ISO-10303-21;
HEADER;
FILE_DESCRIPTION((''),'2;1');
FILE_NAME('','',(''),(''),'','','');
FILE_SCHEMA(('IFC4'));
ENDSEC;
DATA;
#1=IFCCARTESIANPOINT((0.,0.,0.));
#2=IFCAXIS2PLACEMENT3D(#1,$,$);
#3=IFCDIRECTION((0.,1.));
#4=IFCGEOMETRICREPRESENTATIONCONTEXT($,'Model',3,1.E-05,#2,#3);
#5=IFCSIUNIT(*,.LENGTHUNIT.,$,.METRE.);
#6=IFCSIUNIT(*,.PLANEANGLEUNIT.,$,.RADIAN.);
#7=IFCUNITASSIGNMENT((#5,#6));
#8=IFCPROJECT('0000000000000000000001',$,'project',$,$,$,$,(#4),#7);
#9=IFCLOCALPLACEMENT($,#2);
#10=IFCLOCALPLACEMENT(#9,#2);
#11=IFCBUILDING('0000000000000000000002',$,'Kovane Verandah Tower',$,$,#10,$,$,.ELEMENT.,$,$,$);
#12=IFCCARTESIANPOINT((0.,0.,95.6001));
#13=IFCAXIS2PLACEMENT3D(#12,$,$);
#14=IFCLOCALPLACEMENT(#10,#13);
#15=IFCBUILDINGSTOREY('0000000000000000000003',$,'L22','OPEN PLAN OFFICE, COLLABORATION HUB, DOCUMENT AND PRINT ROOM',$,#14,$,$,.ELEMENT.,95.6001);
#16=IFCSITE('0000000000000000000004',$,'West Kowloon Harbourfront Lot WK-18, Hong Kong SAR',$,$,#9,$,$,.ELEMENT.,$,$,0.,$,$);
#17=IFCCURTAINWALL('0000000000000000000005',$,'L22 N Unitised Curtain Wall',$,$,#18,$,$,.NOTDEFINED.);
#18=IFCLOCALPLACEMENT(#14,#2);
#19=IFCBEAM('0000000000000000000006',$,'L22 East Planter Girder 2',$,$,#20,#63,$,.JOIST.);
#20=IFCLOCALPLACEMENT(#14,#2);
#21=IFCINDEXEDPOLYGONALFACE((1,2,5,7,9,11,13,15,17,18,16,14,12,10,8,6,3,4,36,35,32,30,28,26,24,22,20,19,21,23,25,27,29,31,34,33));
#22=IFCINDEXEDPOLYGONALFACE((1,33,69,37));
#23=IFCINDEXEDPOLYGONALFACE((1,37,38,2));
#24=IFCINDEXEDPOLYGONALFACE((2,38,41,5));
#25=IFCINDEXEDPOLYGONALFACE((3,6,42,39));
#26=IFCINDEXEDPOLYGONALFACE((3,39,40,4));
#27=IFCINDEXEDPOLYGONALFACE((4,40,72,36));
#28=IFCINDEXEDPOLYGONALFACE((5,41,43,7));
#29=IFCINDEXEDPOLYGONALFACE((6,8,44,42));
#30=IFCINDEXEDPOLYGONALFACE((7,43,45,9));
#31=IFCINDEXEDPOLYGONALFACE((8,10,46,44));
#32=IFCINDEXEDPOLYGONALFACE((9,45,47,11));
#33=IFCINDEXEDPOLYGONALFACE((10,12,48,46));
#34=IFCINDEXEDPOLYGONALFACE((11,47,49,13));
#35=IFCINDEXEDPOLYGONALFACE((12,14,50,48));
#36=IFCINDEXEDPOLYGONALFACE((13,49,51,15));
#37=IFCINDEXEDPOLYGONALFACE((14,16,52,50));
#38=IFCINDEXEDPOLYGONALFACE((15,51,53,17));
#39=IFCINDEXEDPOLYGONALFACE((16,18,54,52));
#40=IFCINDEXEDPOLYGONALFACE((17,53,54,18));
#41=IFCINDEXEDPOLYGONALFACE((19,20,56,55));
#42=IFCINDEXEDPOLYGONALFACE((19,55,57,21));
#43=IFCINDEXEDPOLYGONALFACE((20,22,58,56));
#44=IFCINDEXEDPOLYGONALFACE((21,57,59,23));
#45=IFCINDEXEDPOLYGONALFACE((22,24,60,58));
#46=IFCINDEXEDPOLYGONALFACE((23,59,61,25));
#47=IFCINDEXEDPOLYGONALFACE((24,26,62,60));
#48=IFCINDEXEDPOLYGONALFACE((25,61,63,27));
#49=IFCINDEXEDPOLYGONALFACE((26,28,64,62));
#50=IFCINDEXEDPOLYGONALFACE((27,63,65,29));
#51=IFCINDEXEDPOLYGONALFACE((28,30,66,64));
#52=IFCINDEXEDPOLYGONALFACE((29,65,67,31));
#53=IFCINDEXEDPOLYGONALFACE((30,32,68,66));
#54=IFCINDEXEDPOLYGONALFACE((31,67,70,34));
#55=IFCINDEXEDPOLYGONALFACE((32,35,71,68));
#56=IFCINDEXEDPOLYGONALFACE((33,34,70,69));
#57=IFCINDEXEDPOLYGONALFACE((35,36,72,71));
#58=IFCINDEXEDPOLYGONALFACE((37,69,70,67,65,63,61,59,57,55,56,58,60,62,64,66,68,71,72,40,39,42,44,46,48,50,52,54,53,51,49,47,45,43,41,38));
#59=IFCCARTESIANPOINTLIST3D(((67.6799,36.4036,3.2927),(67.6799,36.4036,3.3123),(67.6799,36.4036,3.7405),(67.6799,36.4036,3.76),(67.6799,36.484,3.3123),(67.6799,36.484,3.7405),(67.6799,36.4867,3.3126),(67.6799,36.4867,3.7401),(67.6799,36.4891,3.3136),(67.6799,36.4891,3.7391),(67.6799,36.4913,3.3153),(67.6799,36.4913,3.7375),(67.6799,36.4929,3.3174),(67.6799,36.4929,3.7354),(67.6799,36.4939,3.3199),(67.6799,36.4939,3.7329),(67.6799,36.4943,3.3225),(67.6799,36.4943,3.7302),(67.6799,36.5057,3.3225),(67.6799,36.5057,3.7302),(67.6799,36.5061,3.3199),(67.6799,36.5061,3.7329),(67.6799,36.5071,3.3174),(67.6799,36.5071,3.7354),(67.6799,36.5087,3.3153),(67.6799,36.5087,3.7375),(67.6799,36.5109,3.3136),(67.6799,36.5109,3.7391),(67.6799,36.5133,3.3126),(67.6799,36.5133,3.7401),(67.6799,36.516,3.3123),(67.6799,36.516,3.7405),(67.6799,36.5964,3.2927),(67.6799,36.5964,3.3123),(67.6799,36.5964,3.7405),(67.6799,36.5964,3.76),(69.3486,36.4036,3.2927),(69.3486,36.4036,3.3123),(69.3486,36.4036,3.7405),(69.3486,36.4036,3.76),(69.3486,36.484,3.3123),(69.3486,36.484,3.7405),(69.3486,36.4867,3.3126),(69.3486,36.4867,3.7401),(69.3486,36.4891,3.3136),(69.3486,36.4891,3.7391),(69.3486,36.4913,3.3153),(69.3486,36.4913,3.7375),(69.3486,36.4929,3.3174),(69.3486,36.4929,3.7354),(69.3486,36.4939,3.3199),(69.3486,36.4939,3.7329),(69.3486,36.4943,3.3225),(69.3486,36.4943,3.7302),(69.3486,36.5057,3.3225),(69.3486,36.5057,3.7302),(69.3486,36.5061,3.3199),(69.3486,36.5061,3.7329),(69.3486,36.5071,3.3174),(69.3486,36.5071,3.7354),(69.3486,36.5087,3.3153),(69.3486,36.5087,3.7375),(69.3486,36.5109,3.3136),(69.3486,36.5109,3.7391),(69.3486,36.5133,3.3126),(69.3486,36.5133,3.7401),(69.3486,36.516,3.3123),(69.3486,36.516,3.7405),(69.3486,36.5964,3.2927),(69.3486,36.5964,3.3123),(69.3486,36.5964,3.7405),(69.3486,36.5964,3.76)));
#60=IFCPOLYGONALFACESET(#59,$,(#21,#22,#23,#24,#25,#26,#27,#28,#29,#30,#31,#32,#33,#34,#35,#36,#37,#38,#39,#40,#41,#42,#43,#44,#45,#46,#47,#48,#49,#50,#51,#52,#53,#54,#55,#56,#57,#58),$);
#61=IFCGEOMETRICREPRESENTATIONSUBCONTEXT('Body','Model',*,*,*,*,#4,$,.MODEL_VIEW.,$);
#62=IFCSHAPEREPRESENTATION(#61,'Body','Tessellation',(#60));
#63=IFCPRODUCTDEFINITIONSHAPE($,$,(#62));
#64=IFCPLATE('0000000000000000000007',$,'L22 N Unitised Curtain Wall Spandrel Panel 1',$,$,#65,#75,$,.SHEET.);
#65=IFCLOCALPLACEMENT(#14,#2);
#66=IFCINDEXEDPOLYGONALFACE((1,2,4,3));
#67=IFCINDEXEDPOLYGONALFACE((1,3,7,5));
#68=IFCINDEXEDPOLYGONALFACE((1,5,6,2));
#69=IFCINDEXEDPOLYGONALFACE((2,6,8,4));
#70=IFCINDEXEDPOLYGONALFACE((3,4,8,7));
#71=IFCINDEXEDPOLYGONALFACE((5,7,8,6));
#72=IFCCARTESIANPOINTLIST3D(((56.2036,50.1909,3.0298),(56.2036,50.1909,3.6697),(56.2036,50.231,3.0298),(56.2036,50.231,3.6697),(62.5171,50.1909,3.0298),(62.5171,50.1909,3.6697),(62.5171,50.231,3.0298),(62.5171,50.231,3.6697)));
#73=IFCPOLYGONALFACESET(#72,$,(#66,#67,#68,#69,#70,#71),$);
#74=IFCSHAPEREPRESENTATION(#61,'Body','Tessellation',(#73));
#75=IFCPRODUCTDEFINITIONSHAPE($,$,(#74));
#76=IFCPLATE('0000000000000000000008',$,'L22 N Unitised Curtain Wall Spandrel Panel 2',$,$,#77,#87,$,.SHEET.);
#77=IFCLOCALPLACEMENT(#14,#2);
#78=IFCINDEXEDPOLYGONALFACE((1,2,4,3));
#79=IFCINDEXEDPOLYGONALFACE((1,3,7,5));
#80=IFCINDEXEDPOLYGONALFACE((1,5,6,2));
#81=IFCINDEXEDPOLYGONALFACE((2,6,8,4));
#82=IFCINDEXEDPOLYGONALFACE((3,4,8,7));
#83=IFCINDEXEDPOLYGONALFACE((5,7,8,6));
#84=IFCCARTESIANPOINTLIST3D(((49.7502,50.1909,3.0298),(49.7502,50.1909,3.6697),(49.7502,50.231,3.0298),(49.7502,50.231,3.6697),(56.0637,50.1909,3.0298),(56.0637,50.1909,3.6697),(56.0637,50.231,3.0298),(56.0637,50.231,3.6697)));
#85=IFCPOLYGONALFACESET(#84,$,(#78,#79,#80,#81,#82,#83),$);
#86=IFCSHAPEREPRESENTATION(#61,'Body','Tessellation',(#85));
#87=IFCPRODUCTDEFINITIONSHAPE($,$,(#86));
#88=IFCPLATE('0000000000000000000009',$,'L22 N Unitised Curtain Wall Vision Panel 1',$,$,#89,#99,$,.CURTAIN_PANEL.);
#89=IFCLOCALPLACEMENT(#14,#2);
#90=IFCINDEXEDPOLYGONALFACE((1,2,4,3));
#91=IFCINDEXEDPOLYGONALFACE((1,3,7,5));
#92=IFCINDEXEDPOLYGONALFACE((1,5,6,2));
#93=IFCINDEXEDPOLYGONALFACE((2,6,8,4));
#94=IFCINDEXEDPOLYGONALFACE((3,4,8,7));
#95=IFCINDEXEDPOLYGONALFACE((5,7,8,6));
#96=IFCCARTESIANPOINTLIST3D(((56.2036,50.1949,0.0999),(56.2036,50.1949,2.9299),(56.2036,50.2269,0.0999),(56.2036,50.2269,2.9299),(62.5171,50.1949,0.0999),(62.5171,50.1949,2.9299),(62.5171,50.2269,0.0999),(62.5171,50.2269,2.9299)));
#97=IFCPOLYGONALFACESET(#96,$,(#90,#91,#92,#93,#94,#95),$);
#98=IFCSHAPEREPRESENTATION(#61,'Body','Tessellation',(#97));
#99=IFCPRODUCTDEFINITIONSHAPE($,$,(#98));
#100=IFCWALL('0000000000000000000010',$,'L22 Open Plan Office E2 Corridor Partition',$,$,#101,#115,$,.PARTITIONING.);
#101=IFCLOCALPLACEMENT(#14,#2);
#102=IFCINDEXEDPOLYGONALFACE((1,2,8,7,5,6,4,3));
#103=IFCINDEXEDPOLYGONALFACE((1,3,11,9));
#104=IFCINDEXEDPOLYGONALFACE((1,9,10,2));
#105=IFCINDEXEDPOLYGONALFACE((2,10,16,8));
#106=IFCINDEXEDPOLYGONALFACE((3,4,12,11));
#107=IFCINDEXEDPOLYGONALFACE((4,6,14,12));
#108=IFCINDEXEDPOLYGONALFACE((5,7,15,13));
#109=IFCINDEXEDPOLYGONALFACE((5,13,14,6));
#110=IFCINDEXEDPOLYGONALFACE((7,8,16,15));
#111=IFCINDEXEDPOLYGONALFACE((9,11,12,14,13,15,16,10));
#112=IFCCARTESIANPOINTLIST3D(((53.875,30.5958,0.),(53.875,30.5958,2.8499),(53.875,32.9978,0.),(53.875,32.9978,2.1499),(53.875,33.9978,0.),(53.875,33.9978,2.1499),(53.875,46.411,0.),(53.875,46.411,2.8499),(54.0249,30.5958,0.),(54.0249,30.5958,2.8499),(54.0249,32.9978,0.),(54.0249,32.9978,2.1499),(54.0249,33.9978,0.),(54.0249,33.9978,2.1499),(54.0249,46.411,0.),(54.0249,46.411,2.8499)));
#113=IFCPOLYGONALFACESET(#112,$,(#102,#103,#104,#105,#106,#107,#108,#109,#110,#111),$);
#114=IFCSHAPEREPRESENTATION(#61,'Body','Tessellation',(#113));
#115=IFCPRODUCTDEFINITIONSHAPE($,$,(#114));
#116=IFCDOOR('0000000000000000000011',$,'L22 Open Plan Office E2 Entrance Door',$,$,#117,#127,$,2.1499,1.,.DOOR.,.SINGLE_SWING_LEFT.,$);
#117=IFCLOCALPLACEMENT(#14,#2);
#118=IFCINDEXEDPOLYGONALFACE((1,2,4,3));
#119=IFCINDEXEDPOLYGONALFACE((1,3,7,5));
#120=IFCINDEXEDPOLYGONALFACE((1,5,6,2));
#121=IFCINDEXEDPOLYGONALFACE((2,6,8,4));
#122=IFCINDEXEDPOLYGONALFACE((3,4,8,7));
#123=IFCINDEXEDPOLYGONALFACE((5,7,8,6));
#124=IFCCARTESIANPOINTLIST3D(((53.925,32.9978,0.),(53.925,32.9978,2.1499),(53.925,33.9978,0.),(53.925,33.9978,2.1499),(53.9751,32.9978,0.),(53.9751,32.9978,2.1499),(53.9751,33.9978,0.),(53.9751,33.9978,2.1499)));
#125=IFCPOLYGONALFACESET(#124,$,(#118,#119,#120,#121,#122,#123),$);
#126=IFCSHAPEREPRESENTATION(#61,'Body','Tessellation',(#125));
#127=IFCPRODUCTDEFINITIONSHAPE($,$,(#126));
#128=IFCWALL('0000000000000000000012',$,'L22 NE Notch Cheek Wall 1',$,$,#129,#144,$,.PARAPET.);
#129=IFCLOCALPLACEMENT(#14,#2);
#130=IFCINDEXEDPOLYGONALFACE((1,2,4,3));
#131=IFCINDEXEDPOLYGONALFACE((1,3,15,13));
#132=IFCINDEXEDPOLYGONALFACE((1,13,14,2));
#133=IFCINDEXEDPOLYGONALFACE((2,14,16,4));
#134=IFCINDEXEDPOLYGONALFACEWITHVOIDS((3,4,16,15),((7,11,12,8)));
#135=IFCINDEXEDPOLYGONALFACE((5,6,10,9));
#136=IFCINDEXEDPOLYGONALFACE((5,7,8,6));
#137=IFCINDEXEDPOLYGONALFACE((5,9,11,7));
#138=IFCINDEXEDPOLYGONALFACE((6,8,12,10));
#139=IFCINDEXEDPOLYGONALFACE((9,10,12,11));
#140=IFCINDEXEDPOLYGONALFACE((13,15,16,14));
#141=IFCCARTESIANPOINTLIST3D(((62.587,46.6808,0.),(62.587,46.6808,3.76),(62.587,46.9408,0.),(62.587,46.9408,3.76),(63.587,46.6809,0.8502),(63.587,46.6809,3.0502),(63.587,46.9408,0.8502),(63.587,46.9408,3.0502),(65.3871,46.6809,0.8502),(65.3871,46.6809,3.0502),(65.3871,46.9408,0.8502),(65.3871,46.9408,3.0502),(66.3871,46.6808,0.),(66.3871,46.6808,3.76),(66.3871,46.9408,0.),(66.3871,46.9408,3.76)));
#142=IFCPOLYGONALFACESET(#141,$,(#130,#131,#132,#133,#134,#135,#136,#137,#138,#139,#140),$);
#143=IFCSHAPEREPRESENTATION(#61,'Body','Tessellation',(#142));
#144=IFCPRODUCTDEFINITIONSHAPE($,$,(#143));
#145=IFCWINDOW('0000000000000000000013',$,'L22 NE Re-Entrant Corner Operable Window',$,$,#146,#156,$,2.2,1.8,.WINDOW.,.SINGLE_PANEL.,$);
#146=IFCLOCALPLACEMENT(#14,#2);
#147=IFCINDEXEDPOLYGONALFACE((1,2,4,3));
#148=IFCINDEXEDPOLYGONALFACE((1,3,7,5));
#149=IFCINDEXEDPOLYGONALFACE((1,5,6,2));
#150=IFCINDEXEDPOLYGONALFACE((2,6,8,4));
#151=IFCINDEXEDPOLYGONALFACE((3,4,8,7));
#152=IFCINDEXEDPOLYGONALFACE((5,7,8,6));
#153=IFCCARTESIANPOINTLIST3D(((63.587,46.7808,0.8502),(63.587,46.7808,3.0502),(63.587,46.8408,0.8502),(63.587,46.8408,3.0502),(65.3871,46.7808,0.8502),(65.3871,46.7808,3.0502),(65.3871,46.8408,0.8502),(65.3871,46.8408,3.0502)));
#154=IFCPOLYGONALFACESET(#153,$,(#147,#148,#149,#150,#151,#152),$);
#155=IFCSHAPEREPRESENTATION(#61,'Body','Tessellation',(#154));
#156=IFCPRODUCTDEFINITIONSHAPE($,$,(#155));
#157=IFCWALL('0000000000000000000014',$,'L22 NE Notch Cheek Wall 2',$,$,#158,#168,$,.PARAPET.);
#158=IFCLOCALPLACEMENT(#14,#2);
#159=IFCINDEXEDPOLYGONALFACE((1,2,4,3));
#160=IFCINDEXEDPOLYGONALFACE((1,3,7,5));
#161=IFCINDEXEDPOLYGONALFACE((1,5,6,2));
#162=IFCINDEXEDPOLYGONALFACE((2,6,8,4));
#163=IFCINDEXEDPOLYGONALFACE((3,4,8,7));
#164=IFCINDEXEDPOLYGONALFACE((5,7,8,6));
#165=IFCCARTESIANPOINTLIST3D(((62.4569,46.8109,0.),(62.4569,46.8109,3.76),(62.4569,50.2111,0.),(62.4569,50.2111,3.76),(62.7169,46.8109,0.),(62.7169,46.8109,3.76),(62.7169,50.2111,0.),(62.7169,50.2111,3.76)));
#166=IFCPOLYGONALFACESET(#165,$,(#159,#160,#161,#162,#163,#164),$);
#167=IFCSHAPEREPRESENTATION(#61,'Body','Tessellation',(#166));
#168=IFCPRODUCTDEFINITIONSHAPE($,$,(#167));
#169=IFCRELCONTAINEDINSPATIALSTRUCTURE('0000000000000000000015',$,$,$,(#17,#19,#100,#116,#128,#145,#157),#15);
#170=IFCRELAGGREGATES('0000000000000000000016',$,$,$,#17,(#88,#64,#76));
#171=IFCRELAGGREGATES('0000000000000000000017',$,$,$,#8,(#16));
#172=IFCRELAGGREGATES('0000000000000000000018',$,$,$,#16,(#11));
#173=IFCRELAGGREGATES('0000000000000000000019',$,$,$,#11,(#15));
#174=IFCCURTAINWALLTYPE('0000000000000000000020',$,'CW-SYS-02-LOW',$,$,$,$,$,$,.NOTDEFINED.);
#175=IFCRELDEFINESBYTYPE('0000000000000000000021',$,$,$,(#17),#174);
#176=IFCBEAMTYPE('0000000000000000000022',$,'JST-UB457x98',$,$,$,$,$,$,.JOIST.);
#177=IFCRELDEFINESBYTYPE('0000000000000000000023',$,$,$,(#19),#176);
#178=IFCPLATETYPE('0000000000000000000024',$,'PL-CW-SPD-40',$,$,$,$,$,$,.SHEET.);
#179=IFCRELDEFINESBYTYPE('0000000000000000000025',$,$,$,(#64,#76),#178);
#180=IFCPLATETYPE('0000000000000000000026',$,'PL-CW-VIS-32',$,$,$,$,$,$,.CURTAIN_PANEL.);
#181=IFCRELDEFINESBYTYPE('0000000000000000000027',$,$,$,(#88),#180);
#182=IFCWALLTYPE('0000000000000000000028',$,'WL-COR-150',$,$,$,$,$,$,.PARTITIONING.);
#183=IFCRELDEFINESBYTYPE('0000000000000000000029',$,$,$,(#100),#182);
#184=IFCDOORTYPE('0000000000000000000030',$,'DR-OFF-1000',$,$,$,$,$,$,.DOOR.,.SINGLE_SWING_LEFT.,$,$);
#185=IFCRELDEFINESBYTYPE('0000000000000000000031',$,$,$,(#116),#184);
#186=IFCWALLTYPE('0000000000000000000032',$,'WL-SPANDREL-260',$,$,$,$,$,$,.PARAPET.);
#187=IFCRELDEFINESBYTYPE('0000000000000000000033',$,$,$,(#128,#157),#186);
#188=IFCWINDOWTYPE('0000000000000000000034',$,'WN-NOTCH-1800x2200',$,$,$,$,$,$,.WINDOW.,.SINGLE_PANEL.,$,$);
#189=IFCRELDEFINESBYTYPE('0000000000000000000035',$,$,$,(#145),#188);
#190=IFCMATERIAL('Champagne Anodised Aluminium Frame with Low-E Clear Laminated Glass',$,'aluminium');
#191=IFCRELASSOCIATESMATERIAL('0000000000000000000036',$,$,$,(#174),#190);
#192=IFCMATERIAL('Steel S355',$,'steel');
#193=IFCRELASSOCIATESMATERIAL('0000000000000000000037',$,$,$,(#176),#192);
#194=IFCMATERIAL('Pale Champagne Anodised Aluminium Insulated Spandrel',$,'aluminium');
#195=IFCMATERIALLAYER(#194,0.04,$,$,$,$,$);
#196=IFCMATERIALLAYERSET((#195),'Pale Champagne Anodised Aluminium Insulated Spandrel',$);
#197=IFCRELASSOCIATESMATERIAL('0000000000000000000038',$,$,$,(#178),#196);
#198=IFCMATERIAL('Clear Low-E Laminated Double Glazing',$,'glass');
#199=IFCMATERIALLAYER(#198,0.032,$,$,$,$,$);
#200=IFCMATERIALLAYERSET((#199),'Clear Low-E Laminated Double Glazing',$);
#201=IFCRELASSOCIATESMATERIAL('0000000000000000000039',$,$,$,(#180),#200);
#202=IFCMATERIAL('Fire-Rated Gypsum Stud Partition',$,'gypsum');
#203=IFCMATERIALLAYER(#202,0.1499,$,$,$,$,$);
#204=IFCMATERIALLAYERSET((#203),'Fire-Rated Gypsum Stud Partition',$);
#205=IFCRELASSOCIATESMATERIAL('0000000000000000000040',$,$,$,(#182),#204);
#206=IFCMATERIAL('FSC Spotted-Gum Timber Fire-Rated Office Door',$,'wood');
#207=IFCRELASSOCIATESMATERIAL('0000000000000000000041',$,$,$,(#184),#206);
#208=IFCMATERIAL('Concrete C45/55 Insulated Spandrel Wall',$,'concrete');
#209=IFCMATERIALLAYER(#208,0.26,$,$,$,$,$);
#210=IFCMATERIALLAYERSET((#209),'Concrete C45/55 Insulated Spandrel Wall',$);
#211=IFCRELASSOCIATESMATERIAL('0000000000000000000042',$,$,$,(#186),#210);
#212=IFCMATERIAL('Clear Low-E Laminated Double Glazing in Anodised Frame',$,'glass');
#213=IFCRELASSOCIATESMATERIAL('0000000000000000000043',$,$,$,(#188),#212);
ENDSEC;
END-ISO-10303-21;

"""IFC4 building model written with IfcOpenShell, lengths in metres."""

from ifc_helpers import new_model, si_unit, direction, frame, frame_2d, origin, origin_2d, place, context, subcontext, project, spatial, rectangle, i_section, extrude, material, layer, layer_set, material_profile, profile_set, type_object, element, fill, aggregate, save


model = new_model("IFC4")

# Units and contexts
model_context = context("Model", 3, precision=1e-05, world=origin(), true_north=direction((0.0, 1.0)))
body_context = subcontext(model_context, "Body", "Model", "MODEL_VIEW")
ifc_project = project(units=[si_unit("LENGTHUNIT", "METRE"), si_unit("PLANEANGLEUNIT", "RADIAN")], contexts=[model_context])

# Site, building, storey
site_placement = place(None, origin())
site = spatial("IfcSite", under=ifc_project, at=site_placement, Name="West Kowloon Harbourfront Lot WK-18, Hong Kong SAR", CompositionType="ELEMENT", RefElevation=0.0)
building_placement = place(site_placement, origin())
building = spatial("IfcBuilding", under=site, at=building_placement, Name="Kovane Verandah Tower", CompositionType="ELEMENT")
storey_placement = place(building_placement, frame((0.0, 0.0, 95.6001)))
storey = spatial("IfcBuildingStorey", under=building, at=storey_placement, Name="L22", Description="OPEN PLAN OFFICE, COLLABORATION HUB, DOCUMENT AND PRINT ROOM", CompositionType="ELEMENT", Elevation=95.6001)

# Shared definitions
ifc_material_1 = material(Name="Steel S355", Category="steel")

# Curtain wall
ifc_material_2 = material(Name="Champagne Anodised Aluminium Frame with Low-E Clear Laminated Glass", Category="aluminium")
curtain_wall_type = type_object("IfcCurtainWallType", Name="CW-SYS-02-LOW", PredefinedType="NOTDEFINED", material=ifc_material_2)
curtain_wall_placement = place(storey_placement, origin())
curtain_wall = element("IfcCurtainWall", 1, at=curtain_wall_placement, inside=storey, type_object=curtain_wall_type, Name="L22 N Unitised Curtain Wall", PredefinedType="NOTDEFINED")

# Beam
ifc_material_profile_1 = material_profile(ifc_material_1, i_section(OverallWidth=0.1929, OverallDepth=0.4673, WebThickness=0.0115, FlangeThickness=0.0195, FilletRadius=0.0103, at=origin_2d()), Name="UB457x191x98")
ifc_profile_set_1 = profile_set([ifc_material_profile_1], Name="Steel S355")
beam_type_1 = type_object("IfcBeamType", Name="JST-UB457x98", PredefinedType="JOIST", material=ifc_profile_set_1)
beam_1_placement = place(storey_placement, frame((67.6799, 36.5, 3.5264), z_axis=(1.0, 0.0, 0.0), x_axis=(0.0, 1.0, 0.0)))
element("IfcBeam", 2, at=beam_1_placement, inside=storey, type_object=beam_type_1, Name="L22 East Planter Girder 2", PredefinedType="JOIST", context=body_context, shape_type="SweptSolid", body=[
    extrude(i_section(OverallWidth=0.1929, OverallDepth=0.4673, WebThickness=0.0115, FlangeThickness=0.0195, FilletRadius=0.0103, at=origin_2d()), origin(), (0.0, 0.0, 1.0), 1.6687),
])

# Plates
ifc_material_3 = material(Name="Pale Champagne Anodised Aluminium Insulated Spandrel", Category="aluminium")
ifc_layer_1 = layer(ifc_material_3, 0.04)
ifc_layer_set_1 = layer_set([ifc_layer_1], Name="Pale Champagne Anodised Aluminium Insulated Spandrel")
plate_type_1 = type_object("IfcPlateType", Name="PL-CW-SPD-40", PredefinedType="SHEET", material=ifc_layer_set_1)
plate_1_placement = place(storey_placement, frame((59.3604, 50.2109, 3.0298), z_axis=(0.0, 0.0, 1.0), x_axis=(-1.0, 0.0, 0.0)))
plate_1 = element("IfcPlate", 3, at=plate_1_placement, type_object=plate_type_1, Name="L22 N Unitised Curtain Wall Spandrel Panel 1", PredefinedType="SHEET", context=body_context, shape_type="SweptSolid", body=[
    extrude(rectangle(XDim=6.3135, YDim=0.04, at=origin_2d()), origin(), (0.0, 0.0, 1.0), 0.6399),
])
plate_2_placement = place(storey_placement, frame((52.907, 50.2109, 3.0298), z_axis=(0.0, 0.0, 1.0), x_axis=(-1.0, 0.0, 0.0)))
plate_2 = element("IfcPlate", 4, at=plate_2_placement, type_object=plate_type_1, Name="L22 N Unitised Curtain Wall Spandrel Panel 2", PredefinedType="SHEET", context=body_context, shape_type="SweptSolid", body=[
    extrude(rectangle(XDim=6.3135, YDim=0.04, at=origin_2d()), origin(), (0.0, 0.0, 1.0), 0.6399),
])
ifc_material_4 = material(Name="Clear Low-E Laminated Double Glazing", Category="glass")
ifc_layer_2 = layer(ifc_material_4, 0.032)
ifc_layer_set_2 = layer_set([ifc_layer_2], Name="Clear Low-E Laminated Double Glazing")
plate_type_2 = type_object("IfcPlateType", Name="PL-CW-VIS-32", PredefinedType="CURTAIN_PANEL", material=ifc_layer_set_2)
plate_3_placement = place(storey_placement, frame((59.3604, 50.2109, 0.0999), z_axis=(0.0, 0.0, 1.0), x_axis=(-1.0, 0.0, 0.0)))
plate_3 = element("IfcPlate", 5, at=plate_3_placement, type_object=plate_type_2, Name="L22 N Unitised Curtain Wall Vision Panel 1", PredefinedType="CURTAIN_PANEL", context=body_context, shape_type="SweptSolid", body=[
    extrude(rectangle(XDim=6.3135, YDim=0.032, at=origin_2d()), origin(), (0.0, 0.0, 1.0), 2.8301),
])
aggregate(curtain_wall, [plate_3, plate_1, plate_2])

# Wall, opening, door
ifc_material_5 = material(Name="Fire-Rated Gypsum Stud Partition", Category="gypsum")
ifc_layer_3 = layer(ifc_material_5, 0.1499)
ifc_layer_set_3 = layer_set([ifc_layer_3], Name="Fire-Rated Gypsum Stud Partition")
wall_type_1 = type_object("IfcWallType", Name="WL-COR-150", PredefinedType="PARTITIONING", material=ifc_layer_set_3)
wall_1_placement = place(storey_placement, frame((53.95, 30.5957, 0.0), z_axis=(0.0, 0.0, 1.0), x_axis=(0.0, 1.0, 0.0)))
wall_1 = element("IfcWall", 6, at=wall_1_placement, inside=storey, type_object=wall_type_1, Name="L22 Open Plan Office E2 Corridor Partition", PredefinedType="PARTITIONING", context=body_context, shape_type="SweptSolid", body=[
    extrude(rectangle(XDim=15.8152, YDim=0.1499, at=frame_2d((7.9077, 0.0))), origin(), (0.0, 0.0, 1.0), 2.8499),
])
opening_1_placement = place(wall_1_placement, frame((2.4021, 0.0, 0.0)))
opening_1 = element("IfcOpeningElement", 7, at=opening_1_placement, cuts=wall_1, PredefinedType="OPENING", context=body_context, shape_type="SweptSolid", body=[
    extrude(rectangle(XDim=1.0, YDim=2.1499, at=frame_2d((0.5, 1.075))), frame((0.0, 0.075, 0.0), z_axis=(0.0, -1.0, 0.0), x_axis=(1.0, 0.0, 0.0)), (0.0, 0.0, 1.0), 0.1499),
])
ifc_material_6 = material(Name="FSC Spotted-Gum Timber Fire-Rated Office Door", Category="wood")
door_type = type_object("IfcDoorType", Name="DR-OFF-1000", OperationType="SINGLE_SWING_LEFT", PredefinedType="DOOR", material=ifc_material_6)
door_placement = place(opening_1_placement, origin())
door = element("IfcDoor", 8, at=door_placement, inside=storey, type_object=door_type, Name="L22 Open Plan Office E2 Entrance Door", OperationType="SINGLE_SWING_LEFT", OverallHeight=2.1499, OverallWidth=1.0, PredefinedType="DOOR", context=body_context, shape_type="SweptSolid", body=[
    extrude(rectangle(XDim=1.0, YDim=2.1499, at=frame_2d((0.5, 1.075))), frame((0.0, 0.0249, 0.0), z_axis=(0.0, -1.0, 0.0), x_axis=(1.0, 0.0, 0.0)), (0.0, 0.0, 1.0), 0.05),
])
fill(opening_1, door)

# Wall, opening, window
ifc_material_7 = material(Name="Concrete C45/55 Insulated Spandrel Wall", Category="concrete")
ifc_layer_4 = layer(ifc_material_7, 0.26)
ifc_layer_set_4 = layer_set([ifc_layer_4], Name="Concrete C45/55 Insulated Spandrel Wall")
wall_type_2 = type_object("IfcWallType", Name="WL-SPANDREL-260", PredefinedType="PARAPET", material=ifc_layer_set_4)
wall_2_placement = place(storey_placement, frame((66.387, 46.8108, 0.0), z_axis=(0.0, 0.0, 1.0), x_axis=(-1.0, 0.0, 0.0)))
wall_2 = element("IfcWall", 9, at=wall_2_placement, inside=storey, type_object=wall_type_2, Name="L22 NE Notch Cheek Wall 1", PredefinedType="PARAPET", context=body_context, shape_type="SweptSolid", body=[
    extrude(rectangle(XDim=3.8, YDim=0.26, at=frame_2d((1.8999, 0.0))), origin(), (0.0, 0.0, 1.0), 3.76),
])
opening_2_placement = place(wall_2_placement, frame((1.0, 0.0, 0.8501)))
opening_2 = element("IfcOpeningElement", 10, at=opening_2_placement, cuts=wall_2, PredefinedType="OPENING", context=body_context, shape_type="SweptSolid", body=[
    extrude(rectangle(XDim=1.8, YDim=2.2, at=frame_2d((0.8999, 1.1001))), frame((0.0, 0.1299, 0.0), z_axis=(0.0, -1.0, 0.0), x_axis=(1.0, 0.0, 0.0)), (0.0, 0.0, 1.0), 0.26),
])
ifc_material_8 = material(Name="Clear Low-E Laminated Double Glazing in Anodised Frame", Category="glass")
window_type = type_object("IfcWindowType", Name="WN-NOTCH-1800x2200", PartitioningType="SINGLE_PANEL", PredefinedType="WINDOW", material=ifc_material_8)
window_placement = place(opening_2_placement, origin())
window = element("IfcWindow", 11, at=window_placement, inside=storey, type_object=window_type, Name="L22 NE Re-Entrant Corner Operable Window", OverallHeight=2.2, OverallWidth=1.8, PartitioningType="SINGLE_PANEL", PredefinedType="WINDOW", context=body_context, shape_type="SweptSolid", body=[
    extrude(rectangle(XDim=1.8, YDim=2.2, at=frame_2d((0.8999, 1.1001))), frame((0.0, 0.03, 0.0), z_axis=(0.0, -1.0, 0.0), x_axis=(1.0, 0.0, 0.0)), (0.0, 0.0, 1.0), 0.0601),
])
fill(opening_2, window)

# Wall
wall_3_placement = place(storey_placement, frame((62.5869, 46.8108, 0.0), z_axis=(0.0, 0.0, 1.0), x_axis=(0.0, 1.0, 0.0)))
element("IfcWall", 12, at=wall_3_placement, inside=storey, type_object=wall_type_2, Name="L22 NE Notch Cheek Wall 2", PredefinedType="PARAPET", context=body_context, shape_type="SweptSolid", body=[
    extrude(rectangle(XDim=3.4001, YDim=0.26, at=frame_2d((1.7002, 0.0))), origin(), (0.0, 0.0, 1.0), 3.76),
])

save(model, "model.ifc")
